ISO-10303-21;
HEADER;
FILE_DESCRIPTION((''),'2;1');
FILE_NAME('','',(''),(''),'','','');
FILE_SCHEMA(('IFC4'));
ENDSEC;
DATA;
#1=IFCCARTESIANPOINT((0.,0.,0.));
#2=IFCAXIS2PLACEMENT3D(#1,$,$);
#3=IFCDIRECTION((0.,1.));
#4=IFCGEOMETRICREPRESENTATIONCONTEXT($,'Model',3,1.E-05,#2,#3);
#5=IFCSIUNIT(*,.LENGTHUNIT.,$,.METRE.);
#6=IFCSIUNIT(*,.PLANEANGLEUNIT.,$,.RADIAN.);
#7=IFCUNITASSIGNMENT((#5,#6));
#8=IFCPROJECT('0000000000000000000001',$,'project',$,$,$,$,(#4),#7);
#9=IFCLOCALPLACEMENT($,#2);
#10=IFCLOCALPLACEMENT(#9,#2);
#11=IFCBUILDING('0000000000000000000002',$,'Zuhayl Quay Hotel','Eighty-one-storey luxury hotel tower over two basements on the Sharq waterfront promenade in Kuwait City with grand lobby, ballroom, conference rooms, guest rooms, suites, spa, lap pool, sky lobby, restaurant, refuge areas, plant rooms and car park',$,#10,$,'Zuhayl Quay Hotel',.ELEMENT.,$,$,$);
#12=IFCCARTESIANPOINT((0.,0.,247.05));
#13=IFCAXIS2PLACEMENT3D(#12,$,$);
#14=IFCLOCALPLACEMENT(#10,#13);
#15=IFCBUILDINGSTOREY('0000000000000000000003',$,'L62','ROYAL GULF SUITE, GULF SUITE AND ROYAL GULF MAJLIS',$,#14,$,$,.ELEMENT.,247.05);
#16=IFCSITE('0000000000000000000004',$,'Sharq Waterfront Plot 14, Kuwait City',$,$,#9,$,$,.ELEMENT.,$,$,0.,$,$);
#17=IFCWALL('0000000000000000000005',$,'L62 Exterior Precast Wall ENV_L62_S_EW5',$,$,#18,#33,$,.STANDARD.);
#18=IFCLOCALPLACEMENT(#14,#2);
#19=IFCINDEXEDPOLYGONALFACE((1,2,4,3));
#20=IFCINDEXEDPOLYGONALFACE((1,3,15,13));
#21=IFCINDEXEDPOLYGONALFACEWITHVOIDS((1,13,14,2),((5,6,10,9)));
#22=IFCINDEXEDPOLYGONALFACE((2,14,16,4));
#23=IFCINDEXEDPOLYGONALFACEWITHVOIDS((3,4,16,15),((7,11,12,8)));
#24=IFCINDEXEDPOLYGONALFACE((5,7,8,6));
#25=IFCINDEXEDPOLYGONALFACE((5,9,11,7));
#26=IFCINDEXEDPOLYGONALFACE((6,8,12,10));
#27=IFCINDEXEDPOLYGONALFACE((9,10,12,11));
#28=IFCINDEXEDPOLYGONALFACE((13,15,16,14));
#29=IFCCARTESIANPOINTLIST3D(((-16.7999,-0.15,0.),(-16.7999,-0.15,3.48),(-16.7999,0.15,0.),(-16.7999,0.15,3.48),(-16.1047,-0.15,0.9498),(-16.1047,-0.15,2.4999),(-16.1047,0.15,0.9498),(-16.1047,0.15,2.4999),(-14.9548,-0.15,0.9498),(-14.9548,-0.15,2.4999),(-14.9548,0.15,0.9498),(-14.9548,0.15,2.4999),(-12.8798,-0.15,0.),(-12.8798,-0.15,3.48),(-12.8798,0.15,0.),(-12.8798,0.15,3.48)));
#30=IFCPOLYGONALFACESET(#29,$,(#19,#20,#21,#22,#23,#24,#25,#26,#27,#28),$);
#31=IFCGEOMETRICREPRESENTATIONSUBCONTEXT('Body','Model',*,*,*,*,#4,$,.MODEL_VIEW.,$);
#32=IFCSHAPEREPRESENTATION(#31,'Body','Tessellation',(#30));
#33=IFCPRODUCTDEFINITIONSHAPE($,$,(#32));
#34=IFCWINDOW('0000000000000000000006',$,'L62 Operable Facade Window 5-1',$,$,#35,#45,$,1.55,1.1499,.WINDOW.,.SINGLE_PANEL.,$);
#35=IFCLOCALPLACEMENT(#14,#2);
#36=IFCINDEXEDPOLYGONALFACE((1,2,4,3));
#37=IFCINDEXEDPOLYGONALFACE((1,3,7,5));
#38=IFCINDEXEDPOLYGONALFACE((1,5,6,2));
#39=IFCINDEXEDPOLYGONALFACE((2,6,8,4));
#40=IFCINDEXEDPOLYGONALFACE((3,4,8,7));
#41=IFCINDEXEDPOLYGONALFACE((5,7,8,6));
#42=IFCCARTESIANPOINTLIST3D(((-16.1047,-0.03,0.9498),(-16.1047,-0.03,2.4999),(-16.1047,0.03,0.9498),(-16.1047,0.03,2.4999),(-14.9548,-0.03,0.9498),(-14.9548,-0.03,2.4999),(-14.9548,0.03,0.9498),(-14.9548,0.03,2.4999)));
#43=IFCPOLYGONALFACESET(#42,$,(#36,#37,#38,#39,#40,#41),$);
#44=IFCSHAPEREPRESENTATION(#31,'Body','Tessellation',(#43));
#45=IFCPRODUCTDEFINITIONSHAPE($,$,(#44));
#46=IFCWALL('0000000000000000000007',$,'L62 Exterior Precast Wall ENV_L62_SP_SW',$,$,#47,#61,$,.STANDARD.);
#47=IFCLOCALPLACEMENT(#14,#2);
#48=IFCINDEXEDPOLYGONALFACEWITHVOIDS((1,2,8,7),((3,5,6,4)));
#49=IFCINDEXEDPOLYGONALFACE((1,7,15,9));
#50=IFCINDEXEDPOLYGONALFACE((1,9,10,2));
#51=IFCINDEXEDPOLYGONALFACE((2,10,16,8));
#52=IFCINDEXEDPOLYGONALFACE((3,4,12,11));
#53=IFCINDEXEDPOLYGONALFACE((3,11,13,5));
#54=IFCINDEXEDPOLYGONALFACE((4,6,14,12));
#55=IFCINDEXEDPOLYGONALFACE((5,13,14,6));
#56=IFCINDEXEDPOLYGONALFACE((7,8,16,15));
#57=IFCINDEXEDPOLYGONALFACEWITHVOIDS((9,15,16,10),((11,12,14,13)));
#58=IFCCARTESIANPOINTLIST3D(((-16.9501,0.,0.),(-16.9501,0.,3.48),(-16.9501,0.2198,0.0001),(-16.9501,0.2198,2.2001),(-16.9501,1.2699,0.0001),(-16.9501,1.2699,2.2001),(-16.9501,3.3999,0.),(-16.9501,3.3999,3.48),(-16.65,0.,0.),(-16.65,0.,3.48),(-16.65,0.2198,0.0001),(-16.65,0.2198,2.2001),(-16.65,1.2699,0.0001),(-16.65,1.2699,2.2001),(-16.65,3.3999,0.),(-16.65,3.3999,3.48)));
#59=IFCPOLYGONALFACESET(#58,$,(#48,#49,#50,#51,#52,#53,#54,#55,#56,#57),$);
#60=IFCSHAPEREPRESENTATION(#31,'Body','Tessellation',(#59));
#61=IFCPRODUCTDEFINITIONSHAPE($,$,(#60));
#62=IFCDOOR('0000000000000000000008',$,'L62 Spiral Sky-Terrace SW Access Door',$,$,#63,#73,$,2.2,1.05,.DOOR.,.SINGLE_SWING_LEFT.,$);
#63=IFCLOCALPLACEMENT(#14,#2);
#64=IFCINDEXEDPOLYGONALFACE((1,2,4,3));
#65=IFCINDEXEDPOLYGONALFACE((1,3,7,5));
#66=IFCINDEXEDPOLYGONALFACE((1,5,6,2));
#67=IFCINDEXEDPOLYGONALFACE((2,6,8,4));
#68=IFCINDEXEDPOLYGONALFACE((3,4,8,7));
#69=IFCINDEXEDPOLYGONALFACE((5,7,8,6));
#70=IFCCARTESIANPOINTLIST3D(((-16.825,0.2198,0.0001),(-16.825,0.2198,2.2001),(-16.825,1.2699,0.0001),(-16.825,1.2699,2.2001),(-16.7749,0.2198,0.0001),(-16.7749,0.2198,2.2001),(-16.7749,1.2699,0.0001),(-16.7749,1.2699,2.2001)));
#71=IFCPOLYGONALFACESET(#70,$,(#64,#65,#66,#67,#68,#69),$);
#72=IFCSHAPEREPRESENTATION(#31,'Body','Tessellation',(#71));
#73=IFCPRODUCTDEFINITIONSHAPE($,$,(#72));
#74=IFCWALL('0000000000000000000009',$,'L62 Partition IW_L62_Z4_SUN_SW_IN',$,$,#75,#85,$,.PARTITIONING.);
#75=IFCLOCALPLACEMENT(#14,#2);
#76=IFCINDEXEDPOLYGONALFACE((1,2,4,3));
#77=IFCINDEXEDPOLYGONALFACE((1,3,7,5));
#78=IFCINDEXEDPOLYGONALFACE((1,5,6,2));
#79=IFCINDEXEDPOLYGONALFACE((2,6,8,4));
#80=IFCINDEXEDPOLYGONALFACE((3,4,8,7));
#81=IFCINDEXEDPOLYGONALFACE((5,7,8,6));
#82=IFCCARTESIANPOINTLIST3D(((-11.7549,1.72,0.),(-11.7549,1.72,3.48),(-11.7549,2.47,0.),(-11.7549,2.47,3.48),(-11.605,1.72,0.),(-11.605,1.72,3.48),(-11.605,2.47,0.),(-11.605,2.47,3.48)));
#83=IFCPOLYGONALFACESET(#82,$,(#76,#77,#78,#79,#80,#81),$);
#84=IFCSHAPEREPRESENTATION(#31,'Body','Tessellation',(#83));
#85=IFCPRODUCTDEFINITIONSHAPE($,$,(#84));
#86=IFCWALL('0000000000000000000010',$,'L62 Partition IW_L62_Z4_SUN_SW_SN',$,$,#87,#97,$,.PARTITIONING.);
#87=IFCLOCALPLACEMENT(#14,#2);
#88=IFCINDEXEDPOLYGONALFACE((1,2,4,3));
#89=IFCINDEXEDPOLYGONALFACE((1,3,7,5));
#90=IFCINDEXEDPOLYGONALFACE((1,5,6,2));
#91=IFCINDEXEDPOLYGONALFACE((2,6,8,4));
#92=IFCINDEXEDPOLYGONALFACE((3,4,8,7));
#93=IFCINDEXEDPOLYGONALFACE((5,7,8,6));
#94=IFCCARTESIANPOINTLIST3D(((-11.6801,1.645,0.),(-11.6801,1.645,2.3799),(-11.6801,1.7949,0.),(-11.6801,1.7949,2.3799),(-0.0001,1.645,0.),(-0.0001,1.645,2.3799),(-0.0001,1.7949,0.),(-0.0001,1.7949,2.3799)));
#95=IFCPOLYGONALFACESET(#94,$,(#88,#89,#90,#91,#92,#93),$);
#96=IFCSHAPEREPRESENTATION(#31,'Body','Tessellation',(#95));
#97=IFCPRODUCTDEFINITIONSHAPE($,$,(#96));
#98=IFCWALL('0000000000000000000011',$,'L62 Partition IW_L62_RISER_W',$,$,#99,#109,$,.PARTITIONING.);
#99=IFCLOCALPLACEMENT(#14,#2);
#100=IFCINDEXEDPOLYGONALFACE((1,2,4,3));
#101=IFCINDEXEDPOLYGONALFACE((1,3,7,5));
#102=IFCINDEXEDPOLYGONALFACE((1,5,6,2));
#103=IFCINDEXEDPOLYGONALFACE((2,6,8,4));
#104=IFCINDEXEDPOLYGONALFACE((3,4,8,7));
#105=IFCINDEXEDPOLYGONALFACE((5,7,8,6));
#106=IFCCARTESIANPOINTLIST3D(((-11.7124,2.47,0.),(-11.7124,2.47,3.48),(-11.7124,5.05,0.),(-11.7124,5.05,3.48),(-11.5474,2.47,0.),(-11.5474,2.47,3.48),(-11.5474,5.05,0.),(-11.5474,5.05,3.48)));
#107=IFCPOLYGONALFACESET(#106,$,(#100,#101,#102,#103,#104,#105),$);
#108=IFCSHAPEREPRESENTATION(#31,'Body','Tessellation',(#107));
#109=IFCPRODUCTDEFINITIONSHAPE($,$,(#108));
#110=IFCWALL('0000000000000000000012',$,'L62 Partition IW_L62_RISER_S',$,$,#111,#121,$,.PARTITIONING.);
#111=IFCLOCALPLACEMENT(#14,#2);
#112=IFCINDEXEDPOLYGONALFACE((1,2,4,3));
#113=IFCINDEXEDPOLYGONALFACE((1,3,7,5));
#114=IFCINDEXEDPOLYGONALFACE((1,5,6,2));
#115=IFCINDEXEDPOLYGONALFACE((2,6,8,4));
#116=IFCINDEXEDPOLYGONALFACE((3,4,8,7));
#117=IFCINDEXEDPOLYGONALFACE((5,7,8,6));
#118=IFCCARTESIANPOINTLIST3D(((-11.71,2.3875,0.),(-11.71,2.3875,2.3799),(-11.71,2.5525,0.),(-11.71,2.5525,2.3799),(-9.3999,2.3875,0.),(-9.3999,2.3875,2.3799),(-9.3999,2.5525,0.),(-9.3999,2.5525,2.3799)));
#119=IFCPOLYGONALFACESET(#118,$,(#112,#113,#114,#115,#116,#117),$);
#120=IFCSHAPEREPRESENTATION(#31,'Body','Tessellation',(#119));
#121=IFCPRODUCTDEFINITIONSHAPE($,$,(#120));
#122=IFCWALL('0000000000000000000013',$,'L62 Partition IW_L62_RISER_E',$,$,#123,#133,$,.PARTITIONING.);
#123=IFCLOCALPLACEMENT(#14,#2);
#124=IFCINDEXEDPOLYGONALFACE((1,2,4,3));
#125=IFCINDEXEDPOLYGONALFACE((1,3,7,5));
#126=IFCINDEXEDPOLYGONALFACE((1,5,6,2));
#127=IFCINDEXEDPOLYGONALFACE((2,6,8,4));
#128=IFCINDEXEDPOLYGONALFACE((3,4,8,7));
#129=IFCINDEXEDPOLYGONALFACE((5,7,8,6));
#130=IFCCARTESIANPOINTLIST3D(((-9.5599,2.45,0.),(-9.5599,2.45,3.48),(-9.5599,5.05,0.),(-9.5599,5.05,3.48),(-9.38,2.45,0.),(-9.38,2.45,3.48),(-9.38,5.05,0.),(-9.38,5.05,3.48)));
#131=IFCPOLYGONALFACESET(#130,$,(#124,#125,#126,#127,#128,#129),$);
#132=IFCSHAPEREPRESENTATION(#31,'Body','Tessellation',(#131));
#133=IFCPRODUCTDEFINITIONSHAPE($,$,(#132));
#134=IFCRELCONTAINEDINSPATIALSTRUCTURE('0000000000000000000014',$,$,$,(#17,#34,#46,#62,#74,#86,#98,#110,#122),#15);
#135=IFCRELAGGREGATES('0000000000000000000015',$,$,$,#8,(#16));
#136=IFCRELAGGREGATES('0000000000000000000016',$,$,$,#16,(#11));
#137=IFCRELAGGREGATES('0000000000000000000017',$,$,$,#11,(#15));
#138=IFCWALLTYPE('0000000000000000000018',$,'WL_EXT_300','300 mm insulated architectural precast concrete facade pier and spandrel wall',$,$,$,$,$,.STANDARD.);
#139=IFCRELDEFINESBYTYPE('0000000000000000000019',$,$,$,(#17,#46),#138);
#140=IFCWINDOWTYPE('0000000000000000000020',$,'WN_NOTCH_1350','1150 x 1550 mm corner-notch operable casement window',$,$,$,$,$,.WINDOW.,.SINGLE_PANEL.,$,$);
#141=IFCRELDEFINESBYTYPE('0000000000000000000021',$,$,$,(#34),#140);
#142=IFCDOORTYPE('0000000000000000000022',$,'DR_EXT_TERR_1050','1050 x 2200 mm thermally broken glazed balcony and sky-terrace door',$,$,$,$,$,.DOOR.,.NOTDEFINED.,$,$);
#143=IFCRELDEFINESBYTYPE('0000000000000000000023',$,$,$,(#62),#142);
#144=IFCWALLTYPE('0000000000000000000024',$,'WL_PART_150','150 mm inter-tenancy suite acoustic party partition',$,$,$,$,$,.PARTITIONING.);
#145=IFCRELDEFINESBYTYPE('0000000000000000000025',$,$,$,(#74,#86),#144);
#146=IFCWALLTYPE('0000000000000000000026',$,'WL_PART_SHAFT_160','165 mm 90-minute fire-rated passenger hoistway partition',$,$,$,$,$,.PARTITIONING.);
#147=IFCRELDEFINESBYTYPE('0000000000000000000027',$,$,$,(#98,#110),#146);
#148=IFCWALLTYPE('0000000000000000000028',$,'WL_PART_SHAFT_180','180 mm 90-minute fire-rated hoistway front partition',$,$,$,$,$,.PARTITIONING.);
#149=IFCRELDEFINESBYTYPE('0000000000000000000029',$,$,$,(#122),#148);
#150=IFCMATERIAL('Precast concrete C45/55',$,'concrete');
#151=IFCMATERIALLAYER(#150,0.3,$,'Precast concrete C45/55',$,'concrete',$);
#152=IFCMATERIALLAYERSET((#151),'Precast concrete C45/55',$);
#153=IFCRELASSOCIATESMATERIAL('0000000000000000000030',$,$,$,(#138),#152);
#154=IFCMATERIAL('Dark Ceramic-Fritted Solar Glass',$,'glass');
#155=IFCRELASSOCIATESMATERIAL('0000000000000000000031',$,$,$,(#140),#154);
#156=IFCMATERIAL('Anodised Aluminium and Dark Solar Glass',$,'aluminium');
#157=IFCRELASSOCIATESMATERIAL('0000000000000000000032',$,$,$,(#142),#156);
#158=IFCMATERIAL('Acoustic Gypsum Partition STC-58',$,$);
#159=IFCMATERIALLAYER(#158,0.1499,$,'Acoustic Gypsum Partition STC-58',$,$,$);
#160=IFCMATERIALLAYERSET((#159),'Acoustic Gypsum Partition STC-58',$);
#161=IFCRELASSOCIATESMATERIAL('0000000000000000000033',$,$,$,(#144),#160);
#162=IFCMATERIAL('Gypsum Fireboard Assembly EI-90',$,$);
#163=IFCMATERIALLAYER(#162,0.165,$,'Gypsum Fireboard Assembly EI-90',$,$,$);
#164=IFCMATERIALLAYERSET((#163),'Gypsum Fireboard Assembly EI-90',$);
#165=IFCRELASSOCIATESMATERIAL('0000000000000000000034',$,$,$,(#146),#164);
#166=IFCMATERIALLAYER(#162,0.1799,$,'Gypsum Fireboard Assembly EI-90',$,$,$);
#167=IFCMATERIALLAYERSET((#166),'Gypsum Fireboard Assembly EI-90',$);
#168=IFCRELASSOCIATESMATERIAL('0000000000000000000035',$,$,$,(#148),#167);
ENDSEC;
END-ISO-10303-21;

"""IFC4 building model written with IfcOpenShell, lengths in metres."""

from ifc_helpers import new_model, si_unit, direction, frame, frame_2d, origin, place, context, subcontext, project, spatial, rectangle, extrude, material, layer, layer_set, type_object, element, fill, save


model = new_model("IFC4")

# Units and contexts
model_context = context("Model", 3, precision=1e-05, world=origin(), true_north=direction((0.0, 1.0)))
body_context = subcontext(model_context, "Body", "Model", "MODEL_VIEW")
ifc_project = project(units=[si_unit("LENGTHUNIT", "METRE"), si_unit("PLANEANGLEUNIT", "RADIAN")], contexts=[model_context])

# Site, building, storey
site_placement = place(None, origin())
site = spatial("IfcSite", under=ifc_project, at=site_placement, Name="Sharq Waterfront Plot 14, Kuwait City", CompositionType="ELEMENT", RefElevation=0.0)
building_placement = place(site_placement, origin())
building = spatial("IfcBuilding", under=site, at=building_placement, Name="Zuhayl Quay Hotel", Description="Eighty-one-storey luxury hotel tower over two basements on the Sharq waterfront promenade in Kuwait City with grand lobby, ballroom, conference rooms, guest rooms, suites, spa, lap pool, sky lobby, restaurant, refuge areas, plant rooms and car park", LongName="Zuhayl Quay Hotel", CompositionType="ELEMENT")
storey_placement = place(building_placement, frame((0.0, 0.0, 247.05)))
storey = spatial("IfcBuildingStorey", under=building, at=storey_placement, Name="L62", Description="ROYAL GULF SUITE, GULF SUITE AND ROYAL GULF MAJLIS", CompositionType="ELEMENT", Elevation=247.05)

# Shared definitions
ifc_material_1 = material(Name="Dark Ceramic-Fritted Solar Glass", Category="glass")

# Shared definitions
ifc_material_2 = material(Name="Precast concrete C45/55", Category="concrete")
ifc_layer_1 = layer(ifc_material_2, 0.3, Name="Precast concrete C45/55", Category="concrete")
ifc_layer_set_1 = layer_set([ifc_layer_1], Name="Precast concrete C45/55")
wall_type_1 = type_object("IfcWallType", Name="WL_EXT_300", Description="300 mm insulated architectural precast concrete facade pier and spandrel wall", PredefinedType="STANDARD", material=ifc_layer_set_1)
window_type = type_object("IfcWindowType", Name="WN_NOTCH_1350", Description="1150 x 1550 mm corner-notch operable casement window", PartitioningType="SINGLE_PANEL", PredefinedType="WINDOW", material=ifc_material_1)

# Wall, opening, window
wall_1_placement = place(storey_placement, frame((-12.8799, 0.0, 0.0), z_axis=(0.0, 0.0, 1.0), x_axis=(-1.0, 0.0, 0.0)))
wall_1 = element("IfcWall", 1, at=wall_1_placement, inside=storey, type_object=wall_type_1, Name="L62 Exterior Precast Wall ENV_L62_S_EW5", PredefinedType="STANDARD", context=body_context, shape_type="SweptSolid", body=[
    extrude(rectangle(XDim=3.9202, YDim=0.3, at=frame_2d((1.96, 0.0))), origin(), (0.0, 0.0, 1.0), 3.48),
])
opening_1_placement = place(wall_1_placement, frame((2.075, 0.0, 0.95)))
opening_1 = element("IfcOpeningElement", 2, at=opening_1_placement, cuts=wall_1, PredefinedType="OPENING", context=body_context, shape_type="SweptSolid", body=[
    extrude(rectangle(XDim=1.1499, YDim=1.55, at=frame_2d((0.575, 0.7749))), frame((0.0, 0.1599, 0.0), z_axis=(0.0, -1.0, 0.0), x_axis=(1.0, 0.0, 0.0)), (0.0, 0.0, 1.0), 0.3201),
])
window_1_placement = place(opening_1_placement, origin())
window_1 = element("IfcWindow", 3, at=window_1_placement, inside=storey, type_object=window_type, Name="L62 Operable Facade Window 5-1", OverallHeight=1.55, OverallWidth=1.1499, PartitioningType="SINGLE_PANEL", PredefinedType="WINDOW", context=body_context, shape_type="SweptSolid", body=[
    extrude(rectangle(XDim=1.1499, YDim=1.55, at=frame_2d((0.575, 0.7749))), frame((0.0, 0.03, 0.0), z_axis=(0.0, -1.0, 0.0), x_axis=(1.0, 0.0, 0.0)), (0.0, 0.0, 1.0), 0.0601),
])
fill(opening_1, window_1)

# Wall, opening, door
wall_2_placement = place(storey_placement, frame((-16.8, 0.0, 0.0), z_axis=(0.0, 0.0, 1.0), x_axis=(0.0, 1.0, 0.0)))
wall_2 = element("IfcWall", 4, at=wall_2_placement, inside=storey, type_object=wall_type_1, Name="L62 Exterior Precast Wall ENV_L62_SP_SW", PredefinedType="STANDARD", context=body_context, shape_type="SweptSolid", body=[
    extrude(rectangle(XDim=3.3999, YDim=0.3, at=frame_2d((1.7, 0.0))), origin(), (0.0, 0.0, 1.0), 3.48),
])
opening_2_placement = place(wall_2_placement, frame((0.22, 0.0, 0.0)))
opening_2 = element("IfcOpeningElement", 5, at=opening_2_placement, cuts=wall_2, PredefinedType="OPENING", context=body_context, shape_type="SweptSolid", body=[
    extrude(rectangle(XDim=1.05, YDim=2.2, at=frame_2d((0.5249, 1.1001))), frame((0.0, 0.1599, 0.0), z_axis=(0.0, -1.0, 0.0), x_axis=(1.0, 0.0, 0.0)), (0.0, 0.0, 1.0), 0.3201),
])
ifc_material_3 = material(Name="Anodised Aluminium and Dark Solar Glass", Category="aluminium")
door_type_1 = type_object("IfcDoorType", Name="DR_EXT_TERR_1050", Description="1050 x 2200 mm thermally broken glazed balcony and sky-terrace door", OperationType="NOTDEFINED", PredefinedType="DOOR", material=ifc_material_3)
door_1_placement = place(opening_2_placement, origin())
door_1 = element("IfcDoor", 6, at=door_1_placement, inside=storey, type_object=door_type_1, Name="L62 Spiral Sky-Terrace SW Access Door", OperationType="SINGLE_SWING_LEFT", OverallHeight=2.2, OverallWidth=1.05, PredefinedType="DOOR", context=body_context, shape_type="SweptSolid", body=[
    extrude(rectangle(XDim=1.05, YDim=2.2, at=frame_2d((0.5249, 1.1001))), frame((0.0, 0.0249, 0.0), z_axis=(0.0, -1.0, 0.0), x_axis=(1.0, 0.0, 0.0)), (0.0, 0.0, 1.0), 0.05),
])
fill(opening_2, door_1)

# Walls
ifc_material_4 = material(Name="Acoustic Gypsum Partition STC-58")
ifc_layer_2 = layer(ifc_material_4, 0.1499, Name="Acoustic Gypsum Partition STC-58")
ifc_layer_set_2 = layer_set([ifc_layer_2], Name="Acoustic Gypsum Partition STC-58")
wall_type_2 = type_object("IfcWallType", Name="WL_PART_150", Description="150 mm inter-tenancy suite acoustic party partition", PredefinedType="PARTITIONING", material=ifc_layer_set_2)
wall_3_placement = place(storey_placement, frame((-11.6799, 1.72, 0.0), z_axis=(0.0, 0.0, 1.0), x_axis=(0.0, 1.0, 0.0)))
element("IfcWall", 7, at=wall_3_placement, inside=storey, type_object=wall_type_2, Name="L62 Partition IW_L62_Z4_SUN_SW_IN", PredefinedType="PARTITIONING", context=body_context, shape_type="SweptSolid", body=[
    extrude(rectangle(XDim=0.75, YDim=0.1499, at=frame_2d((0.375, 0.0))), origin(), (0.0, 0.0, 1.0), 3.48),
])
wall_4_placement = place(storey_placement, frame((-11.6799, 1.72, 0.0), z_axis=(0.0, 0.0, 1.0), x_axis=(1.0, 0.0, 0.0)))
element("IfcWall", 8, at=wall_4_placement, inside=storey, type_object=wall_type_2, Name="L62 Partition IW_L62_Z4_SUN_SW_SN", PredefinedType="PARTITIONING", context=body_context, shape_type="SweptSolid", body=[
    extrude(rectangle(XDim=11.6799, YDim=0.1499, at=frame_2d((5.8398, 0.0))), origin(), (0.0, 0.0, 1.0), 2.3799),
])

# Walls
ifc_material_5 = material(Name="Gypsum Fireboard Assembly EI-90")
ifc_layer_3 = layer(ifc_material_5, 0.165, Name="Gypsum Fireboard Assembly EI-90")
ifc_layer_set_3 = layer_set([ifc_layer_3], Name="Gypsum Fireboard Assembly EI-90")
wall_type_3 = type_object("IfcWallType", Name="WL_PART_SHAFT_160", Description="165 mm 90-minute fire-rated passenger hoistway partition", PredefinedType="PARTITIONING", material=ifc_layer_set_3)
wall_5_placement = place(storey_placement, frame((-11.6299, 2.47, 0.0), z_axis=(0.0, 0.0, 1.0), x_axis=(0.0, 1.0, 0.0)))
element("IfcWall", 9, at=wall_5_placement, inside=storey, type_object=wall_type_3, Name="L62 Partition IW_L62_RISER_W", PredefinedType="PARTITIONING", context=body_context, shape_type="SweptSolid", body=[
    extrude(rectangle(XDim=2.5801, YDim=0.165, at=frame_2d((1.29, 0.0))), origin(), (0.0, 0.0, 1.0), 3.48),
])
wall_6_placement = place(storey_placement, frame((-11.71, 2.47, 0.0), z_axis=(0.0, 0.0, 1.0), x_axis=(1.0, 0.0, 0.0)))
element("IfcWall", 10, at=wall_6_placement, inside=storey, type_object=wall_type_3, Name="L62 Partition IW_L62_RISER_S", PredefinedType="PARTITIONING", context=body_context, shape_type="SweptSolid", body=[
    extrude(rectangle(XDim=2.3101, YDim=0.165, at=frame_2d((1.155, 0.0))), origin(), (0.0, 0.0, 1.0), 2.3799),
])
ifc_layer_4 = layer(ifc_material_5, 0.1799, Name="Gypsum Fireboard Assembly EI-90")
ifc_layer_set_4 = layer_set([ifc_layer_4], Name="Gypsum Fireboard Assembly EI-90")
wall_type_4 = type_object("IfcWallType", Name="WL_PART_SHAFT_180", Description="180 mm 90-minute fire-rated hoistway front partition", PredefinedType="PARTITIONING", material=ifc_layer_set_4)
wall_7_placement = place(storey_placement, frame((-9.47, 2.45, 0.0), z_axis=(0.0, 0.0, 1.0), x_axis=(0.0, 1.0, 0.0)))
element("IfcWall", 11, at=wall_7_placement, inside=storey, type_object=wall_type_4, Name="L62 Partition IW_L62_RISER_E", PredefinedType="PARTITIONING", context=body_context, shape_type="SweptSolid", body=[
    extrude(rectangle(XDim=2.6001, YDim=0.1799, at=frame_2d((1.3, 0.0))), origin(), (0.0, 0.0, 1.0), 3.48),
])

save(model, "model.ifc")
